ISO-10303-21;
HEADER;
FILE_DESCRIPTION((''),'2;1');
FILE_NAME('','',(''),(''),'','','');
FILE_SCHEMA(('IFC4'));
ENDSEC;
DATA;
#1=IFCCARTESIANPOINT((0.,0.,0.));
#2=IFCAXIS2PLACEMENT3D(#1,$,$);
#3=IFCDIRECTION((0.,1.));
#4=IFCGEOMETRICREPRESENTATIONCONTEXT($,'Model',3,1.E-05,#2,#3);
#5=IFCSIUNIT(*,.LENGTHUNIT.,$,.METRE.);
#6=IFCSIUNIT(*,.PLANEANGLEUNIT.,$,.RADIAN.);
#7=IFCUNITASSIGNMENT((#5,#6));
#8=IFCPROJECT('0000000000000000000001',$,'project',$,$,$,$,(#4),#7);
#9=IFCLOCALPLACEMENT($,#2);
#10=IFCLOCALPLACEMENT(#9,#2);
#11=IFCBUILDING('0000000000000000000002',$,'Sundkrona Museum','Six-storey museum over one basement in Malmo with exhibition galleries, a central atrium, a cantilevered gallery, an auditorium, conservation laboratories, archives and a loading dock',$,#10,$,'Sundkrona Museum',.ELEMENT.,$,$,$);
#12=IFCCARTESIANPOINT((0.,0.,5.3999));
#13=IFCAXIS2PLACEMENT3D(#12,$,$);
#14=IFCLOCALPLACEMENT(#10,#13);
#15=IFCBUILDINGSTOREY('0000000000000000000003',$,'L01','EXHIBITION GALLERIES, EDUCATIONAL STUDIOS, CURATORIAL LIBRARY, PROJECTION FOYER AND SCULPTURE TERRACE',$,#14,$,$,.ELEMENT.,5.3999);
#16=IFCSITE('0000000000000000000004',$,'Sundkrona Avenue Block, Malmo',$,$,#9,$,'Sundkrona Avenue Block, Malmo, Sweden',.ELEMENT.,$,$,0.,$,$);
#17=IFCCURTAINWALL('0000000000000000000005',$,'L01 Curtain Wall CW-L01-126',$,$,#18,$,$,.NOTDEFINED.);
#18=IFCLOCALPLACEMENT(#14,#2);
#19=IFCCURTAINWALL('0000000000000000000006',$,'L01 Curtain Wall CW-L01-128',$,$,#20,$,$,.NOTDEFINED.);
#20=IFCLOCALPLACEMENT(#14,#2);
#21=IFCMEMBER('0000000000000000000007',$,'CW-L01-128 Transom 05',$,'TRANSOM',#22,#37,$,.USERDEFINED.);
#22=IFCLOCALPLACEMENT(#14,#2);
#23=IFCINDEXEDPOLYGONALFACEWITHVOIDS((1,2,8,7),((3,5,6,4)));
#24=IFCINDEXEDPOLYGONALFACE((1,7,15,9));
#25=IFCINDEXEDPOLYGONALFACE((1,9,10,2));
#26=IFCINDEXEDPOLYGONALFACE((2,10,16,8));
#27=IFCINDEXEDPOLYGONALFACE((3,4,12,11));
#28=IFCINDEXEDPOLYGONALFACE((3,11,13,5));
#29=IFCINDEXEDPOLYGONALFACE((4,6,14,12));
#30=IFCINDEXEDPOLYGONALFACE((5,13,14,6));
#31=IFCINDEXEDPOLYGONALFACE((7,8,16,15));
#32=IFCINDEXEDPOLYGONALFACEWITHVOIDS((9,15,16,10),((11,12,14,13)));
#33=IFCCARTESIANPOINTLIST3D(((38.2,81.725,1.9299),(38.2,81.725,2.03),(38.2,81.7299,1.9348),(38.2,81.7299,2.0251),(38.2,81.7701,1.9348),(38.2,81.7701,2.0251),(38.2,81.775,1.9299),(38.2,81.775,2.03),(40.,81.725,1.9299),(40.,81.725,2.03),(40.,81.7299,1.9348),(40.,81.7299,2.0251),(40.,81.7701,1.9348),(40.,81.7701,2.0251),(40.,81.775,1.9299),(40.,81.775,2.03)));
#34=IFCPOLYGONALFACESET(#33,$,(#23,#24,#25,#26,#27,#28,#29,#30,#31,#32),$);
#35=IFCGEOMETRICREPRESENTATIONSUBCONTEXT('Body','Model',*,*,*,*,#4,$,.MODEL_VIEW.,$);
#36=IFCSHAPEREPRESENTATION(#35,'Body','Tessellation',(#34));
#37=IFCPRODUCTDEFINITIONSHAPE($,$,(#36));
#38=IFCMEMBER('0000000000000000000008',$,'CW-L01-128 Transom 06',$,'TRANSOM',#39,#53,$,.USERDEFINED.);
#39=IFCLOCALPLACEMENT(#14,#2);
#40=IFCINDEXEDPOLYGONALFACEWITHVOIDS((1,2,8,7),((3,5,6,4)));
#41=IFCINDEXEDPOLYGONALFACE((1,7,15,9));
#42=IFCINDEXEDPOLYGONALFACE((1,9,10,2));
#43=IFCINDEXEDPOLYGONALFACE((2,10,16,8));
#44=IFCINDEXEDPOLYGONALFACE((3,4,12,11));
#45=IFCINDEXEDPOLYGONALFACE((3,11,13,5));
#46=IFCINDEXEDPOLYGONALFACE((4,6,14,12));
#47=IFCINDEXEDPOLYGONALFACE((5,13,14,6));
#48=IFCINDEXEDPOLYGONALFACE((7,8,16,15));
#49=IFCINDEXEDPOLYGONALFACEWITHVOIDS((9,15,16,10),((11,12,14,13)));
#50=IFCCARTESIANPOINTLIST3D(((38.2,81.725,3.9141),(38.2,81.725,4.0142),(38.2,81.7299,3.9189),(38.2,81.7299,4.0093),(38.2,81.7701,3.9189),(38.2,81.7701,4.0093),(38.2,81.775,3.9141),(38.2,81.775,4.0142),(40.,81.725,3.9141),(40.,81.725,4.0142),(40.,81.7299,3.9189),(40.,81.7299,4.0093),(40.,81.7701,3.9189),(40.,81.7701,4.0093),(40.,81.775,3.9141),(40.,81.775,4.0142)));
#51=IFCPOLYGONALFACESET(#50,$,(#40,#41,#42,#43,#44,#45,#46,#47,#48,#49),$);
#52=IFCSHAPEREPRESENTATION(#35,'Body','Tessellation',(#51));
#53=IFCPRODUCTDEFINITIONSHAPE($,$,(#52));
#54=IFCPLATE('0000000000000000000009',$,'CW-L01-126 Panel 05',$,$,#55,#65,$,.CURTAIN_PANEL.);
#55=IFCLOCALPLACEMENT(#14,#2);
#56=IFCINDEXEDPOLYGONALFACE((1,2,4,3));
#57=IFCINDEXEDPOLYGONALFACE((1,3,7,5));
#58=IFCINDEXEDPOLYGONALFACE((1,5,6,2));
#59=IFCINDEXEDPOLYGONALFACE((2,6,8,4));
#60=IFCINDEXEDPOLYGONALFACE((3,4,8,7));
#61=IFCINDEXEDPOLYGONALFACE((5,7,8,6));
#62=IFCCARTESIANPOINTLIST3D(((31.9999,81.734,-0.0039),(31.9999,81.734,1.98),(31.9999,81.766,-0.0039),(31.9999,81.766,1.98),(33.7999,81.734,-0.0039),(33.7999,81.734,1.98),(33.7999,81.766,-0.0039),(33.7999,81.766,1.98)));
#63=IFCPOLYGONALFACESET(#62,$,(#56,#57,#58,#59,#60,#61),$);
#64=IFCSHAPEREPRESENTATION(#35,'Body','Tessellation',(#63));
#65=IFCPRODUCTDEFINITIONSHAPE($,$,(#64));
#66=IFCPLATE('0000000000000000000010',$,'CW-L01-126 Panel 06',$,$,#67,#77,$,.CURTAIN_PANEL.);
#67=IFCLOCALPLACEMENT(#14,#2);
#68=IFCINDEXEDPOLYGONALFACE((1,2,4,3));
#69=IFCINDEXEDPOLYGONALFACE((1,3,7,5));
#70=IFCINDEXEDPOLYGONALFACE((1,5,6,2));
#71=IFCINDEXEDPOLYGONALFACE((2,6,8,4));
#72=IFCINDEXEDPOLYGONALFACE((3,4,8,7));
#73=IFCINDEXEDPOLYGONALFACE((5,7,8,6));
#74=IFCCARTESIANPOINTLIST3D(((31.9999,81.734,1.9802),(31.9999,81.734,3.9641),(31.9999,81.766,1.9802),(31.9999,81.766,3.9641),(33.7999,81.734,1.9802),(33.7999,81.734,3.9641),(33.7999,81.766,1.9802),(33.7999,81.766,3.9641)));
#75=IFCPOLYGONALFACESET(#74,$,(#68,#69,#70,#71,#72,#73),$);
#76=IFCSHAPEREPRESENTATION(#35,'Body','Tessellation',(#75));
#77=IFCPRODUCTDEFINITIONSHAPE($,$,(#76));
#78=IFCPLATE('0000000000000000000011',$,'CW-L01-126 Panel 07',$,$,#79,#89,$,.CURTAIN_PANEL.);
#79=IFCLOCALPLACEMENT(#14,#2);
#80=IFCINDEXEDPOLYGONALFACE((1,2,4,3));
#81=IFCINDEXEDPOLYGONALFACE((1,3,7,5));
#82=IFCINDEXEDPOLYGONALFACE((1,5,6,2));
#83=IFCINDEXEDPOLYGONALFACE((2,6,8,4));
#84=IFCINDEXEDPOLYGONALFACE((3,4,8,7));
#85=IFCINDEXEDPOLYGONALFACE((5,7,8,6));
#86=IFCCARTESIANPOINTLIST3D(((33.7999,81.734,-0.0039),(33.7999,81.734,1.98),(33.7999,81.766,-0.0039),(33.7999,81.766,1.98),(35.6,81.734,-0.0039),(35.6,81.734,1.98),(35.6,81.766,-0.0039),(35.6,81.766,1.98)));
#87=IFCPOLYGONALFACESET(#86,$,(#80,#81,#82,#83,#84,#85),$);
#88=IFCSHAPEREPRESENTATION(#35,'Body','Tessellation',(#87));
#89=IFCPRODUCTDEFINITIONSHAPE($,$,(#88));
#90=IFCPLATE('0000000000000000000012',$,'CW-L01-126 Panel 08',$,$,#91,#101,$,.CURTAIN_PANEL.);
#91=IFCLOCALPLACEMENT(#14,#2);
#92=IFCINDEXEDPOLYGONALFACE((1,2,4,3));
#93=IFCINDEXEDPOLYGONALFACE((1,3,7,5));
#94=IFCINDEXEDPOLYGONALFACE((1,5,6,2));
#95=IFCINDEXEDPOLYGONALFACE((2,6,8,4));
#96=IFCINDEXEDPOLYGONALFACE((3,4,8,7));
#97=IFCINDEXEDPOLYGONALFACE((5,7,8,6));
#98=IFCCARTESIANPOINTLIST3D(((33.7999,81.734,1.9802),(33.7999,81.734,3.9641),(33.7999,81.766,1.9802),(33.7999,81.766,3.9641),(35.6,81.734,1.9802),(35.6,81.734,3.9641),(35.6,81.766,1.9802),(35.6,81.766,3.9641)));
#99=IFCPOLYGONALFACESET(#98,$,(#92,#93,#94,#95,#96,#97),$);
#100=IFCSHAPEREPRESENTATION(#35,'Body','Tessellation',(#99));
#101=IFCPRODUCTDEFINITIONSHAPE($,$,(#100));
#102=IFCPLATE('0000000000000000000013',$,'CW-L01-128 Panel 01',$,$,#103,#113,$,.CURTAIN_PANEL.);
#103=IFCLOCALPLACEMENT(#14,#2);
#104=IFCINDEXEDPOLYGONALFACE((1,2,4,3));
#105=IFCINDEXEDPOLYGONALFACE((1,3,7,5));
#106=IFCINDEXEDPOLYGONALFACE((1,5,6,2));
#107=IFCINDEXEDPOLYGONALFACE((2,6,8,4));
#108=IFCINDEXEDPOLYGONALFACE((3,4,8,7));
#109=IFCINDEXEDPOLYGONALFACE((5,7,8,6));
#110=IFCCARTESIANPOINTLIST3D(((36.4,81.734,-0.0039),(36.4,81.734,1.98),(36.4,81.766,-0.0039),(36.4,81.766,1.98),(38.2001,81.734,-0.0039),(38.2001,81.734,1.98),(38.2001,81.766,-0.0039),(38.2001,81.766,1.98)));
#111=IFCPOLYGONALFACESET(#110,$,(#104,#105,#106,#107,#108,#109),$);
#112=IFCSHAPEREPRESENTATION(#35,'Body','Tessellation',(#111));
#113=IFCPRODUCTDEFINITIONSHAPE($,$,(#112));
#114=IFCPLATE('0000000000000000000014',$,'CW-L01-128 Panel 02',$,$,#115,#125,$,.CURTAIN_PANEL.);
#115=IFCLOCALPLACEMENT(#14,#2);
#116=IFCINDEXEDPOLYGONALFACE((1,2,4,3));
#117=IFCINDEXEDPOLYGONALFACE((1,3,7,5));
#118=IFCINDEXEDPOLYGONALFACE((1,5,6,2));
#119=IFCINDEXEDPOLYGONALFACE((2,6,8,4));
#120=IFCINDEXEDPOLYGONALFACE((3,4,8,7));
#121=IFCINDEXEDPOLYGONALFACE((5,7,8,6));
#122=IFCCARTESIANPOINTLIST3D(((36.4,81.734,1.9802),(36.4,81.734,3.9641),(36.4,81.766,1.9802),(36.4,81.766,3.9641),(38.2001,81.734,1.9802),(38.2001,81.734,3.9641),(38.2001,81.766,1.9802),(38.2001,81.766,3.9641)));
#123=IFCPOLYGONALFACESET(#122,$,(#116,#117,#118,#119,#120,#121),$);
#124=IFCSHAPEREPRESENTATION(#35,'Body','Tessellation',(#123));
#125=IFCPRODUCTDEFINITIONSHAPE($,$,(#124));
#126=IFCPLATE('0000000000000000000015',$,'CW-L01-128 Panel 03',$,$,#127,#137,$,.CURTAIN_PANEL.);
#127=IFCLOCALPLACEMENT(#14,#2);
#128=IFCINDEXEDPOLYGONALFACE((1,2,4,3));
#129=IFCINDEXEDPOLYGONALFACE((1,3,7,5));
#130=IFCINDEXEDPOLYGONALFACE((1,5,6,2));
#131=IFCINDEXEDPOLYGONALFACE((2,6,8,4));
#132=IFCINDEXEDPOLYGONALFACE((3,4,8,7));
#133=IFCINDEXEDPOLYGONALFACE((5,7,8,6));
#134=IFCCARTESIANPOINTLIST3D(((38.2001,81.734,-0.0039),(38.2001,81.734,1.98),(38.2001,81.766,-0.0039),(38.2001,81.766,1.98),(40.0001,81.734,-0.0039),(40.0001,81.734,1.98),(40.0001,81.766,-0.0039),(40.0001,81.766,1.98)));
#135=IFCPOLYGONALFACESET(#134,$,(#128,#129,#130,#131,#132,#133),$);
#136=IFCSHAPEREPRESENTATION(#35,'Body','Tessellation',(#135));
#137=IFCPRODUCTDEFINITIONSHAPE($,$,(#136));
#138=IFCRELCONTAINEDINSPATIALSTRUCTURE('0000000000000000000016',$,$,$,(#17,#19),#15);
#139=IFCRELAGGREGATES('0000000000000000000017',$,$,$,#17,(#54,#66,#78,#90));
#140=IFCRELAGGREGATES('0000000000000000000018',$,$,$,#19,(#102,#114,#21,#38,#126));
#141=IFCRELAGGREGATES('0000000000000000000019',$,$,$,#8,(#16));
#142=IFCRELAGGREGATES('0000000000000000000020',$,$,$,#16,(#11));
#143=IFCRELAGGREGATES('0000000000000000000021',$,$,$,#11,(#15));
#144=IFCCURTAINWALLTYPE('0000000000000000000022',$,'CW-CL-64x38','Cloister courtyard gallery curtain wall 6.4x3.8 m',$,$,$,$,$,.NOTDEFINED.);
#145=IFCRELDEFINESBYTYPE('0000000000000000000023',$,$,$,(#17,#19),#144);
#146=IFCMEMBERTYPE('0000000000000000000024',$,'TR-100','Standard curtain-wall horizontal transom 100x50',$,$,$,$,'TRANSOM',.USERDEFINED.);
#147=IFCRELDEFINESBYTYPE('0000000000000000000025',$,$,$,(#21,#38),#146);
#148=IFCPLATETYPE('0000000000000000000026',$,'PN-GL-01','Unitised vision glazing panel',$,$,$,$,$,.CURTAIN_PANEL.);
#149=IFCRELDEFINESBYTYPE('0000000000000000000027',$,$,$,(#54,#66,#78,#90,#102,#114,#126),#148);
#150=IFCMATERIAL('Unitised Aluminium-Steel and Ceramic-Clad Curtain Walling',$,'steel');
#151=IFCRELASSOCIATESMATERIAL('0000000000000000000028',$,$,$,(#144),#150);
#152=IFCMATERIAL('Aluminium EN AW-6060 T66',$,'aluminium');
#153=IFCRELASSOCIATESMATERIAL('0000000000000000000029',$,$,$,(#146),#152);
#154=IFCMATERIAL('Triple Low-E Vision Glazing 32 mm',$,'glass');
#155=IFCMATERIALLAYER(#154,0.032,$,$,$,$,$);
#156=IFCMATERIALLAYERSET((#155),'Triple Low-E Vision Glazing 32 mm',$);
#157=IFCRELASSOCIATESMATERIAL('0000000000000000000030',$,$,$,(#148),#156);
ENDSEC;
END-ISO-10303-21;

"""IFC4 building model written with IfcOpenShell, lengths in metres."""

from ifc_helpers import new_model, si_unit, direction, frame, origin, origin_2d, place, context, subcontext, project, spatial, rectangle, hollow_rectangle, extrude, material, layer, layer_set, material_profile, profile_set, type_object, element, aggregate, save


model = new_model("IFC4")

# Units and contexts
model_context = context("Model", 3, precision=1e-05, world=origin(), true_north=direction((0.0, 1.0)))
body_context = subcontext(model_context, "Body", "Model", "MODEL_VIEW")
ifc_project = project(units=[si_unit("LENGTHUNIT", "METRE"), si_unit("PLANEANGLEUNIT", "RADIAN")], contexts=[model_context])

# Site, building, storey
site_placement = place(None, origin())
site = spatial("IfcSite", under=ifc_project, at=site_placement, Name="Sundkrona Avenue Block, Malmo", LongName="Sundkrona Avenue Block, Malmo, Sweden", CompositionType="ELEMENT", RefElevation=0.0)
building_placement = place(site_placement, origin())
building = spatial("IfcBuilding", under=site, at=building_placement, Name="Sundkrona Museum", Description="Six-storey museum over one basement in Malmo with exhibition galleries, a central atrium, a cantilevered gallery, an auditorium, conservation laboratories, archives and a loading dock", LongName="Sundkrona Museum", CompositionType="ELEMENT")
storey_placement = place(building_placement, frame((0.0, 0.0, 5.3999)))
storey = spatial("IfcBuildingStorey", under=building, at=storey_placement, Name="L01", Description="EXHIBITION GALLERIES, EDUCATIONAL STUDIOS, CURATORIAL LIBRARY, PROJECTION FOYER AND SCULPTURE TERRACE", CompositionType="ELEMENT", Elevation=5.3999)

# Curtain walls
ifc_material_1 = material(Name="Unitised Aluminium-Steel and Ceramic-Clad Curtain Walling", Category="steel")
curtain_wall_type = type_object("IfcCurtainWallType", Name="CW-CL-64x38", Description="Cloister courtyard gallery curtain wall 6.4x3.8 m", PredefinedType="NOTDEFINED", material=ifc_material_1)
curtain_wall_1_placement = place(storey_placement, origin())
curtain_wall_1 = element("IfcCurtainWall", 1, at=curtain_wall_1_placement, inside=storey, type_object=curtain_wall_type, Name="L01 Curtain Wall CW-L01-126", PredefinedType="NOTDEFINED")
ifc_material_2 = material(Name="Aluminium EN AW-6060 T66", Category="aluminium")
curtain_wall_2_placement = place(storey_placement, origin())
curtain_wall_2 = element("IfcCurtainWall", 2, at=curtain_wall_2_placement, inside=storey, type_object=curtain_wall_type, Name="L01 Curtain Wall CW-L01-128", PredefinedType="NOTDEFINED")

# Members
ifc_material_profile_1 = material_profile(ifc_material_2, hollow_rectangle(XDim=0.05, YDim=0.1001, WallThickness=0.0049, at=origin_2d()), Name="RHS 100x50x5.0")
ifc_profile_set_1 = profile_set([ifc_material_profile_1], Name="Aluminium EN AW-6060 T66")
member_type_1 = type_object("IfcMemberType", Name="TR-100", Description="Standard curtain-wall horizontal transom 100x50", ElementType="TRANSOM", PredefinedType="USERDEFINED", material=ifc_profile_set_1)
member_1_placement = place(storey_placement, frame((38.2, 81.75, 1.98), z_axis=(1.0, 0.0, 0.0), x_axis=(0.0, 1.0, 0.0)))
member_1 = element("IfcMember", 3, at=member_1_placement, type_object=member_type_1, Name="CW-L01-128 Transom 05", ObjectType="TRANSOM", PredefinedType="USERDEFINED", context=body_context, shape_type="SweptSolid", body=[
    extrude(hollow_rectangle(XDim=0.05, YDim=0.1001, WallThickness=0.0049, at=origin_2d()), origin(), (0.0, 0.0, 1.0), 1.8),
])
member_2_placement = place(storey_placement, frame((38.2, 81.75, 3.9641), z_axis=(1.0, 0.0, 0.0), x_axis=(0.0, 1.0, 0.0)))
member_2 = element("IfcMember", 4, at=member_2_placement, type_object=member_type_1, Name="CW-L01-128 Transom 06", ObjectType="TRANSOM", PredefinedType="USERDEFINED", context=body_context, shape_type="SweptSolid", body=[
    extrude(hollow_rectangle(XDim=0.05, YDim=0.1001, WallThickness=0.0049, at=origin_2d()), origin(), (0.0, 0.0, 1.0), 1.8),
])

# Plates
ifc_material_3 = material(Name="Triple Low-E Vision Glazing 32 mm", Category="glass")
ifc_layer = layer(ifc_material_3, 0.032)
ifc_layer_set = layer_set([ifc_layer], Name="Triple Low-E Vision Glazing 32 mm")
plate_type = type_object("IfcPlateType", Name="PN-GL-01", Description="Unitised vision glazing panel", PredefinedType="CURTAIN_PANEL", material=ifc_layer_set)
plate_1_placement = place(storey_placement, frame((32.8999, 81.75, -0.0039), z_axis=(0.0, 0.0, 1.0), x_axis=(1.0, 0.0, 0.0)))
plate_1 = element("IfcPlate", 5, at=plate_1_placement, type_object=plate_type, Name="CW-L01-126 Panel 05", PredefinedType="CURTAIN_PANEL", context=body_context, shape_type="SweptSolid", body=[
    extrude(rectangle(XDim=1.8, YDim=0.032, at=origin_2d()), origin(), (0.0, 0.0, 1.0), 1.9839),
])
plate_2_placement = place(storey_placement, frame((32.8999, 81.75, 1.9802), z_axis=(0.0, 0.0, 1.0), x_axis=(1.0, 0.0, 0.0)))
plate_2 = element("IfcPlate", 6, at=plate_2_placement, type_object=plate_type, Name="CW-L01-126 Panel 06", PredefinedType="CURTAIN_PANEL", context=body_context, shape_type="SweptSolid", body=[
    extrude(rectangle(XDim=1.8, YDim=0.032, at=origin_2d()), origin(), (0.0, 0.0, 1.0), 1.9839),
])
plate_3_placement = place(storey_placement, frame((34.7, 81.75, -0.0039), z_axis=(0.0, 0.0, 1.0), x_axis=(1.0, 0.0, 0.0)))
plate_3 = element("IfcPlate", 7, at=plate_3_placement, type_object=plate_type, Name="CW-L01-126 Panel 07", PredefinedType="CURTAIN_PANEL", context=body_context, shape_type="SweptSolid", body=[
    extrude(rectangle(XDim=1.8, YDim=0.032, at=origin_2d()), origin(), (0.0, 0.0, 1.0), 1.9839),
])
plate_4_placement = place(storey_placement, frame((34.7, 81.75, 1.9802), z_axis=(0.0, 0.0, 1.0), x_axis=(1.0, 0.0, 0.0)))
plate_4 = element("IfcPlate", 8, at=plate_4_placement, type_object=plate_type, Name="CW-L01-126 Panel 08", PredefinedType="CURTAIN_PANEL", context=body_context, shape_type="SweptSolid", body=[
    extrude(rectangle(XDim=1.8, YDim=0.032, at=origin_2d()), origin(), (0.0, 0.0, 1.0), 1.9839),
])
aggregate(curtain_wall_1, [plate_1, plate_2, plate_3, plate_4])
plate_5_placement = place(storey_placement, frame((37.3, 81.75, -0.0039), z_axis=(0.0, 0.0, 1.0), x_axis=(1.0, 0.0, 0.0)))
plate_5 = element("IfcPlate", 9, at=plate_5_placement, type_object=plate_type, Name="CW-L01-128 Panel 01", PredefinedType="CURTAIN_PANEL", context=body_context, shape_type="SweptSolid", body=[
    extrude(rectangle(XDim=1.8, YDim=0.032, at=origin_2d()), origin(), (0.0, 0.0, 1.0), 1.9839),
])
plate_6_placement = place(storey_placement, frame((37.3, 81.75, 1.9802), z_axis=(0.0, 0.0, 1.0), x_axis=(1.0, 0.0, 0.0)))
plate_6 = element("IfcPlate", 10, at=plate_6_placement, type_object=plate_type, Name="CW-L01-128 Panel 02", PredefinedType="CURTAIN_PANEL", context=body_context, shape_type="SweptSolid", body=[
    extrude(rectangle(XDim=1.8, YDim=0.032, at=origin_2d()), origin(), (0.0, 0.0, 1.0), 1.9839),
])
plate_7_placement = place(storey_placement, frame((39.1001, 81.75, -0.0039), z_axis=(0.0, 0.0, 1.0), x_axis=(1.0, 0.0, 0.0)))
plate_7 = element("IfcPlate", 11, at=plate_7_placement, type_object=plate_type, Name="CW-L01-128 Panel 03", PredefinedType="CURTAIN_PANEL", context=body_context, shape_type="SweptSolid", body=[
    extrude(rectangle(XDim=1.8, YDim=0.032, at=origin_2d()), origin(), (0.0, 0.0, 1.0), 1.9839),
])
aggregate(curtain_wall_2, [plate_5, plate_6, member_1, member_2, plate_7])

save(model, "model.ifc")
